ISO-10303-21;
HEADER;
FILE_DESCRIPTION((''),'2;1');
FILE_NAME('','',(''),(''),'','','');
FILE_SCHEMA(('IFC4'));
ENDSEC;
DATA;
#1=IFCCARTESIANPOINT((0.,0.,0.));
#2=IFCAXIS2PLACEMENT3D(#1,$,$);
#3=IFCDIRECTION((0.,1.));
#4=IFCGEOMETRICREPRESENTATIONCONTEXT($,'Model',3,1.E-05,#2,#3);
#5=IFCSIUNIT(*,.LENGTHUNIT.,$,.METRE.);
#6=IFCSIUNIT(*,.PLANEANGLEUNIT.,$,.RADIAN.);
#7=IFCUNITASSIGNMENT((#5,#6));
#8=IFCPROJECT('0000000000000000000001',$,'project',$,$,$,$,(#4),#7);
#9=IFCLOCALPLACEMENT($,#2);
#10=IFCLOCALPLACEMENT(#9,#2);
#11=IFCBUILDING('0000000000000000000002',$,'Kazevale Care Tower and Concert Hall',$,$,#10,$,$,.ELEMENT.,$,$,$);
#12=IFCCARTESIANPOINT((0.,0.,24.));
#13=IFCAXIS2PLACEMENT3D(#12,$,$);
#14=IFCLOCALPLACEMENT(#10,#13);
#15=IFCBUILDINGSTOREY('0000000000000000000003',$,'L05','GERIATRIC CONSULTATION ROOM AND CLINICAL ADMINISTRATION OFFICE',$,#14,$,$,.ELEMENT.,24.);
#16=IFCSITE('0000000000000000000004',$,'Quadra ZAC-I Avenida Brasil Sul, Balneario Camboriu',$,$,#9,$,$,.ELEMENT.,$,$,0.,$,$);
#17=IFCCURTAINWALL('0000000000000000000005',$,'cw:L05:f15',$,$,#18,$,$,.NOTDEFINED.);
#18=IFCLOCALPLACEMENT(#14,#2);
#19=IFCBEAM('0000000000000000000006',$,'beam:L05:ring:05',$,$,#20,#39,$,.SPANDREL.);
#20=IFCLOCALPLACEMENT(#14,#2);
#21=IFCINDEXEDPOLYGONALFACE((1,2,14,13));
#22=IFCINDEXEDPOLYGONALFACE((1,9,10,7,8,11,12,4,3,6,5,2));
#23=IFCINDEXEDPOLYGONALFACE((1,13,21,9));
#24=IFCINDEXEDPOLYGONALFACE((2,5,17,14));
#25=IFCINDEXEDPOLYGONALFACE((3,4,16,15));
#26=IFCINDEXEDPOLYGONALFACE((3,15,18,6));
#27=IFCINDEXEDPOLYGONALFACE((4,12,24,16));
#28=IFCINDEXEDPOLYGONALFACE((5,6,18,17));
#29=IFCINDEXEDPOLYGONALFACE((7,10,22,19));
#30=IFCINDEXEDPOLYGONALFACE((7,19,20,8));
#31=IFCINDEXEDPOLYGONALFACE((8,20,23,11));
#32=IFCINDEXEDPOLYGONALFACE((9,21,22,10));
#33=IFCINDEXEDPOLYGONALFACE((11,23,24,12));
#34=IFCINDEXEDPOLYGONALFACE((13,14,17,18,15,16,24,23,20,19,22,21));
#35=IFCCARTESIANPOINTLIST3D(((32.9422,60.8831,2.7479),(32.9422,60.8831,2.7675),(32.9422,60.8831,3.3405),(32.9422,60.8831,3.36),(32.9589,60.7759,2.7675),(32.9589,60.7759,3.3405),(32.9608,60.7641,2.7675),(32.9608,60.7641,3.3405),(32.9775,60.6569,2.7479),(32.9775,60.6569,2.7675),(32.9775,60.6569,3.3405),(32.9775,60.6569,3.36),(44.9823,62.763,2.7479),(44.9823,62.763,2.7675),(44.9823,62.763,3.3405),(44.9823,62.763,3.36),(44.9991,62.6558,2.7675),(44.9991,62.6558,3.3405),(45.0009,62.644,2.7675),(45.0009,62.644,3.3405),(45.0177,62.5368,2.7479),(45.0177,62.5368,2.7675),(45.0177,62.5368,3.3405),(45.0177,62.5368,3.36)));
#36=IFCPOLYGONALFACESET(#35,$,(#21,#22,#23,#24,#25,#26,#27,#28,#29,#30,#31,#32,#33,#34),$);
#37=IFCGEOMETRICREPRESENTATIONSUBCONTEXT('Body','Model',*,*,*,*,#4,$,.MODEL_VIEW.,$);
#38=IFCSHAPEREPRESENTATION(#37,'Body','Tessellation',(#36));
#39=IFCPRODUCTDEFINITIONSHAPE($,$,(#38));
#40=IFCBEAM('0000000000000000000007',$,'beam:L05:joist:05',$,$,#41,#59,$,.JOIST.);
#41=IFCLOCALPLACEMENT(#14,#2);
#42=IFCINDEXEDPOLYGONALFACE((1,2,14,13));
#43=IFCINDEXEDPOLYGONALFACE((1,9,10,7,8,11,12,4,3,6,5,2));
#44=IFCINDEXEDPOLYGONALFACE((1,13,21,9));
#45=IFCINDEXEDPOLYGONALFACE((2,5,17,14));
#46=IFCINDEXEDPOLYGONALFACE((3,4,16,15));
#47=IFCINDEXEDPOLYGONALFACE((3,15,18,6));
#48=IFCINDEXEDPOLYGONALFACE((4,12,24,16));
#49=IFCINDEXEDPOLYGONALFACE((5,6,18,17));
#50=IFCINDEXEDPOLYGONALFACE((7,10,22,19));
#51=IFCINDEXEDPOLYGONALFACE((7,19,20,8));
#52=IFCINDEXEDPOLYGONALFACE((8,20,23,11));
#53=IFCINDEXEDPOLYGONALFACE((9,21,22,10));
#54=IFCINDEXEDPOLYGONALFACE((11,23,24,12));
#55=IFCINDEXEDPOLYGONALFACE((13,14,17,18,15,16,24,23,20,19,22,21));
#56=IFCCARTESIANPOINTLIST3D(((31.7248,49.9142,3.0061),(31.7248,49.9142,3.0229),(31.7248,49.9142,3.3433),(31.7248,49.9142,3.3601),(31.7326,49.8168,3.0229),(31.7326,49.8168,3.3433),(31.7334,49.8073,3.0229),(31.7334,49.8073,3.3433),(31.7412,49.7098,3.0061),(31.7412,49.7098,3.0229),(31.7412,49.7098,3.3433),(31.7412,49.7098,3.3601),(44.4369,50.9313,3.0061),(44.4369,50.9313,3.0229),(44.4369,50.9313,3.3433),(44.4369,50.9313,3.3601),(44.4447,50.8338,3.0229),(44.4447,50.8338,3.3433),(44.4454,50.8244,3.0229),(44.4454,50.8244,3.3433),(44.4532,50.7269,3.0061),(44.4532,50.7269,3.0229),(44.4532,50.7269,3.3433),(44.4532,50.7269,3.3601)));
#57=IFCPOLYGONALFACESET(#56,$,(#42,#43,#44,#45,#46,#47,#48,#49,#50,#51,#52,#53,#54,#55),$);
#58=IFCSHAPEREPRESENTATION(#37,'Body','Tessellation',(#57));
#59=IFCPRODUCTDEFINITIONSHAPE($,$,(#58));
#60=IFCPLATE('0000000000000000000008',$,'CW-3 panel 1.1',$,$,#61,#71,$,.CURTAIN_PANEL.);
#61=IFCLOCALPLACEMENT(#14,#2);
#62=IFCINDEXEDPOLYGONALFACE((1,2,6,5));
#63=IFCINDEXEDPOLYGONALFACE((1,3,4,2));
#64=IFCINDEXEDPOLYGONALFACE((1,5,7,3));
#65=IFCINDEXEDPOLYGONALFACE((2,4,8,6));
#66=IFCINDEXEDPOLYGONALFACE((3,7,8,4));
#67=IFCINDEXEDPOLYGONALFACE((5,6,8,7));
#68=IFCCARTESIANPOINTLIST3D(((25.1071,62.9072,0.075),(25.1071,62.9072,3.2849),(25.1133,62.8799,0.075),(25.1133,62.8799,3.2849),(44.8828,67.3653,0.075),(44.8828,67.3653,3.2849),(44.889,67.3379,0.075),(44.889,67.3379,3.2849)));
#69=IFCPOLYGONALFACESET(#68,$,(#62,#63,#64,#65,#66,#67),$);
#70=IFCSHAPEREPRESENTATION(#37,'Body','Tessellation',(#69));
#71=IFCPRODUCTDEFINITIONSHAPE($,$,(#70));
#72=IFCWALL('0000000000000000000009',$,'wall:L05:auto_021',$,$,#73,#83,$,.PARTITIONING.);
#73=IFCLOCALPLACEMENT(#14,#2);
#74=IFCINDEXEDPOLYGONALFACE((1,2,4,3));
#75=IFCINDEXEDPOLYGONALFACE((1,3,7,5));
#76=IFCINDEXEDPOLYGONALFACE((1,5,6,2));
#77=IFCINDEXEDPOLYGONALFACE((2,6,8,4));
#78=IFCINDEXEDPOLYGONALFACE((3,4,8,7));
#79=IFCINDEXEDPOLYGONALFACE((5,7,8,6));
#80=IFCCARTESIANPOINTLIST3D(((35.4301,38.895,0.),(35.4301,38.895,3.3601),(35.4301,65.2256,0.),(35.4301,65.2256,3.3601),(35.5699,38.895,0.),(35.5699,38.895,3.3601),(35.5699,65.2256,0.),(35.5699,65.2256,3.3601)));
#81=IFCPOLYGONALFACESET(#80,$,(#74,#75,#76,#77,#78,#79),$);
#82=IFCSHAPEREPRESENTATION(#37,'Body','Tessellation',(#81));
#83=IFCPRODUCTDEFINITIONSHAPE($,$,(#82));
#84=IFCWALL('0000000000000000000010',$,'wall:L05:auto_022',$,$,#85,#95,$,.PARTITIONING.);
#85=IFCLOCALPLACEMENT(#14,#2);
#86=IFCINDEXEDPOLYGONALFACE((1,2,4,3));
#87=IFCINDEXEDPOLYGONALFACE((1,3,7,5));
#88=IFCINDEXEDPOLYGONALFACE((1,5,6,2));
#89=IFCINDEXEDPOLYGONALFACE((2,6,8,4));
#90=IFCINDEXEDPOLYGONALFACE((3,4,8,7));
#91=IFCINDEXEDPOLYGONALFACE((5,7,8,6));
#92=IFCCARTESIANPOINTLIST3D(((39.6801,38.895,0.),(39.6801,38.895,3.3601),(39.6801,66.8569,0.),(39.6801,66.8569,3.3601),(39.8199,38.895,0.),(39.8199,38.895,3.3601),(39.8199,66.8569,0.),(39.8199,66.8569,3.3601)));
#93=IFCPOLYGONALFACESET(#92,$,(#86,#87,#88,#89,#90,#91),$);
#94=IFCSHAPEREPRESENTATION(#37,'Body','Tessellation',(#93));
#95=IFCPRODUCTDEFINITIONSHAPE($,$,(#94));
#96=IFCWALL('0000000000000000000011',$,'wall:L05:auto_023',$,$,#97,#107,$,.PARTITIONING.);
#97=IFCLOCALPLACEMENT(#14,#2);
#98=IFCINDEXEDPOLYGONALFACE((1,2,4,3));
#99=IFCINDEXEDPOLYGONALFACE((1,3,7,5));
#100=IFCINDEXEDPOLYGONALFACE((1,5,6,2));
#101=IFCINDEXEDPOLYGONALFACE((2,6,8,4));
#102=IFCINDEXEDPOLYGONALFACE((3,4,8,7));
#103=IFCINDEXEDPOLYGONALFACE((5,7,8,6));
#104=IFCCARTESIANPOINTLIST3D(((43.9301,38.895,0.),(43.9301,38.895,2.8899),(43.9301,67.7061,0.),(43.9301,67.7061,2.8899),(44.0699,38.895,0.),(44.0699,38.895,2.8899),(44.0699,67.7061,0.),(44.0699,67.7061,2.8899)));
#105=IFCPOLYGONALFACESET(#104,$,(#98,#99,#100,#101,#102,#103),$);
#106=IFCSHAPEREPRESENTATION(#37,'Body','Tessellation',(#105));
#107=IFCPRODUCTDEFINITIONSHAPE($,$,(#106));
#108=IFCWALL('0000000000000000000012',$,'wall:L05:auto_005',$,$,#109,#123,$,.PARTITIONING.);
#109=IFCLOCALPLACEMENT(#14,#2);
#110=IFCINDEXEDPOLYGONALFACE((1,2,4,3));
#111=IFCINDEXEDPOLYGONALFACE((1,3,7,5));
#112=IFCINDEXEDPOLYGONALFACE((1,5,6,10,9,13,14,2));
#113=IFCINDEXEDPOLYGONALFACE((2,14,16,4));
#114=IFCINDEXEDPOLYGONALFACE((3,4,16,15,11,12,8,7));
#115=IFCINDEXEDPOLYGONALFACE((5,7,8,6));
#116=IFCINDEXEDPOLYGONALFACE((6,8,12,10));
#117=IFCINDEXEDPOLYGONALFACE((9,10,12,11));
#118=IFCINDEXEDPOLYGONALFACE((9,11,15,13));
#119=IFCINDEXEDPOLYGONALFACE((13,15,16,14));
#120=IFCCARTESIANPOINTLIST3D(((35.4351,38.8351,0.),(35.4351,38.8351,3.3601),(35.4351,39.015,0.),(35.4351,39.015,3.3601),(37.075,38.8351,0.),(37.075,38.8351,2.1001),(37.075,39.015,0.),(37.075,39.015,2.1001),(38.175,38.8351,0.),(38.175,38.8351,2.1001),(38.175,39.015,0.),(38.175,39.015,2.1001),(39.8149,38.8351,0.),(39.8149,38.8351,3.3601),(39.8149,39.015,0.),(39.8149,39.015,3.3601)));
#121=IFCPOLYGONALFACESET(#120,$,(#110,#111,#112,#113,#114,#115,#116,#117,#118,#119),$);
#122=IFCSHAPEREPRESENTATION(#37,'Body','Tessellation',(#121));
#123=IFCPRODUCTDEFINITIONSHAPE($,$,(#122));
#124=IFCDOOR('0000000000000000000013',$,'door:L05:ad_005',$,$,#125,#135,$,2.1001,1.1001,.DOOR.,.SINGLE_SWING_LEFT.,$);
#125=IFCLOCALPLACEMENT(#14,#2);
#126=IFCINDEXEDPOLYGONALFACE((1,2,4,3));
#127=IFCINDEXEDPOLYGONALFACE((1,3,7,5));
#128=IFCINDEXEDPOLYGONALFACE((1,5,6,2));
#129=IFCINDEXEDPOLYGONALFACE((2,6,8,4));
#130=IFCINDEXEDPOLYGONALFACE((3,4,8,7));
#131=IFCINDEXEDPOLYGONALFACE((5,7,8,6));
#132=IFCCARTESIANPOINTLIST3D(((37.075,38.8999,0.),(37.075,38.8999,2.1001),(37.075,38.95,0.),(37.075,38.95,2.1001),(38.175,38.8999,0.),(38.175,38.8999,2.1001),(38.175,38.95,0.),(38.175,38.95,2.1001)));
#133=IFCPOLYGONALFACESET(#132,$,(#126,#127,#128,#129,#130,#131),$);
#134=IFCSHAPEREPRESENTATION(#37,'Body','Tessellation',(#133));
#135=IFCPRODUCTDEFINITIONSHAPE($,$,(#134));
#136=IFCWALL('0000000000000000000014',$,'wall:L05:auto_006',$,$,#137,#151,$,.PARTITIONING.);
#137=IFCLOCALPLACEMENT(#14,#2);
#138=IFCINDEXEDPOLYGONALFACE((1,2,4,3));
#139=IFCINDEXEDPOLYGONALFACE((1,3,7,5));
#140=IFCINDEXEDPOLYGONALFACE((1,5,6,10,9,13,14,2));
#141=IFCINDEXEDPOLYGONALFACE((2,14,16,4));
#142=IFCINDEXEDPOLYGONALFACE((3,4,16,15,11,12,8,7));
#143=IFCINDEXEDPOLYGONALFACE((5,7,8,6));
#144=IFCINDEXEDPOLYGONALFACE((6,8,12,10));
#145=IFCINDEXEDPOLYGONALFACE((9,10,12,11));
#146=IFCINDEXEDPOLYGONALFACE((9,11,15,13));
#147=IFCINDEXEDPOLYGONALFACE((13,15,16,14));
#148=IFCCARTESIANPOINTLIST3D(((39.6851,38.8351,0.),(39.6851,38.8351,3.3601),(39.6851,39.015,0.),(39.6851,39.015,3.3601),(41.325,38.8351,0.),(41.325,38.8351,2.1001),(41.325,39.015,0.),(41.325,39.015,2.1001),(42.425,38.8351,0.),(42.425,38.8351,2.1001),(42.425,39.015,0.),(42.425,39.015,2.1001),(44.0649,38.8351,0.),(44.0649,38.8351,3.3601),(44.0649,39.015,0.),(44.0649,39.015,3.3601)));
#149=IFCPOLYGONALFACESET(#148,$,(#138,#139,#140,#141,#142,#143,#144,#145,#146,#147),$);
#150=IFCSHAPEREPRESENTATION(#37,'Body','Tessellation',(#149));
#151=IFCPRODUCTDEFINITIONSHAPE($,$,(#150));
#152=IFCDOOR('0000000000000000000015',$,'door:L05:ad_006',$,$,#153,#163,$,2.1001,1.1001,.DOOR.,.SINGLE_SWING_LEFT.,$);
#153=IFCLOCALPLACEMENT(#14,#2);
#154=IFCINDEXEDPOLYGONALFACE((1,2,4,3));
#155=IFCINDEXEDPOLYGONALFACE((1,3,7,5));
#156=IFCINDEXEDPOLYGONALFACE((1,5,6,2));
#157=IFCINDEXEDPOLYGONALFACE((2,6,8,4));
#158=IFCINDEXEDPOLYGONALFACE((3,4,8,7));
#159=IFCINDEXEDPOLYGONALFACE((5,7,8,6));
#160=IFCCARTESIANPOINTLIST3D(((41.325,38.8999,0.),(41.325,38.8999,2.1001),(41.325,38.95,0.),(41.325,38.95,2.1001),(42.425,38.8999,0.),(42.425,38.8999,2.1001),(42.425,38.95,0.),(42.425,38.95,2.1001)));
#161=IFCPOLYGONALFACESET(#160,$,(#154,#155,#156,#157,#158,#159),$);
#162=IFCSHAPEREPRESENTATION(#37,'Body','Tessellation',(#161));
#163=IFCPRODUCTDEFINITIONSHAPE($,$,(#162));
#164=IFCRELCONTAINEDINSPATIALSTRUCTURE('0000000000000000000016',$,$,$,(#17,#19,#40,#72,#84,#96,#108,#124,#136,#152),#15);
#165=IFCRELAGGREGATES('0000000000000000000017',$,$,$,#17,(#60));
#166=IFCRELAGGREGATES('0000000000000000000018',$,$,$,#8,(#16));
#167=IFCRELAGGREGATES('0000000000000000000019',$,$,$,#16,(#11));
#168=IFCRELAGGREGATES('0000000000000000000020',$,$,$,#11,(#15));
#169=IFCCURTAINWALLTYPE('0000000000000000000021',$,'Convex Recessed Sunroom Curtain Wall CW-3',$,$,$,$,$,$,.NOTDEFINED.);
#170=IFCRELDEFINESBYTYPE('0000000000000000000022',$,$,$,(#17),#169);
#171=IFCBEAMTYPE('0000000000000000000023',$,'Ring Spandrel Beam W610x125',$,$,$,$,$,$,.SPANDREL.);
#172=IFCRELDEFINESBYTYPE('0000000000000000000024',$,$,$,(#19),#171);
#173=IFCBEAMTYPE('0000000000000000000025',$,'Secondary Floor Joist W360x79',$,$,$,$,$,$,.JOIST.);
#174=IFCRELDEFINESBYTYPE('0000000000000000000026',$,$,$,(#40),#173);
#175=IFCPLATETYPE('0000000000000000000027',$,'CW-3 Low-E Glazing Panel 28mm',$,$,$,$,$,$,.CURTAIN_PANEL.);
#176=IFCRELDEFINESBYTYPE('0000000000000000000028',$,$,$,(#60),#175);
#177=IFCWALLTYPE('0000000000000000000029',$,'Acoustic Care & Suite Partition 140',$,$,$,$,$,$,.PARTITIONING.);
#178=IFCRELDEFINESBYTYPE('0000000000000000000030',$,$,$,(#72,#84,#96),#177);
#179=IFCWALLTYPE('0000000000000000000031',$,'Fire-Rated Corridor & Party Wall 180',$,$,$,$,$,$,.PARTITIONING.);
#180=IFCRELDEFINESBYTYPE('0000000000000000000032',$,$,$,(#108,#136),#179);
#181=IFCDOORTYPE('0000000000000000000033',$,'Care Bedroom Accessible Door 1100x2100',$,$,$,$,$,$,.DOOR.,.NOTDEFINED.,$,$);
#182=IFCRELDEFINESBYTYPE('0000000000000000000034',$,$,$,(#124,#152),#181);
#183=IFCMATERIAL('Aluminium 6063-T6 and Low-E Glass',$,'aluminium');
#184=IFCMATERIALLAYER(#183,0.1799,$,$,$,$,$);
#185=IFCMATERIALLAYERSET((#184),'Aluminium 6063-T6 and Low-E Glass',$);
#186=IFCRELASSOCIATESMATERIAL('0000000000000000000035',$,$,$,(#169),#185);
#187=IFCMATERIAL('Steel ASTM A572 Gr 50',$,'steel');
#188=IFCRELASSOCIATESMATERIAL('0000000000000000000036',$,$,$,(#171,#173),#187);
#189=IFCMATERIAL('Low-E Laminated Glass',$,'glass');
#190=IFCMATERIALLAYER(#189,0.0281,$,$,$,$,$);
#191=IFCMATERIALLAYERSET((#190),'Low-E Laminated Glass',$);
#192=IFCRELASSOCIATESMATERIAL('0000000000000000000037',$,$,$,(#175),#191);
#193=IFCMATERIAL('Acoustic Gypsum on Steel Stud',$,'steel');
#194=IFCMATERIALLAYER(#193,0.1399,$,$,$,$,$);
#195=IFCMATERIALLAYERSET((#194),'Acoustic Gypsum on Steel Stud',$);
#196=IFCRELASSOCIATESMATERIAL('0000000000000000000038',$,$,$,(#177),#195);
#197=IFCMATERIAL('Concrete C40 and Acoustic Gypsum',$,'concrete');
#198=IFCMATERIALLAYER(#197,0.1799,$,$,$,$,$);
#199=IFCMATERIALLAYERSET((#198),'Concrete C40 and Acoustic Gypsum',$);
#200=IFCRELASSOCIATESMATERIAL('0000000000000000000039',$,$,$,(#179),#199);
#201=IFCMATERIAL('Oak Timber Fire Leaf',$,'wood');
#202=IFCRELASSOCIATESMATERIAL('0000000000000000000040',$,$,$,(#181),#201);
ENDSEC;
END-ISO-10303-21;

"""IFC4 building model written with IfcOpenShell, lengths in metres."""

from ifc_helpers import new_model, si_unit, direction, frame, frame_2d, origin, origin_2d, place, context, subcontext, project, spatial, rectangle, i_section, extrude, material, layer, layer_set, material_profile, profile_set, type_object, element, fill, aggregate, save


model = new_model("IFC4")

# Units and contexts
model_context = context("Model", 3, precision=1e-05, world=origin(), true_north=direction((0.0, 1.0)))
body_context = subcontext(model_context, "Body", "Model", "MODEL_VIEW")
ifc_project = project(units=[si_unit("LENGTHUNIT", "METRE"), si_unit("PLANEANGLEUNIT", "RADIAN")], contexts=[model_context])

# Site, building, storey
site_placement = place(None, origin())
site = spatial("IfcSite", under=ifc_project, at=site_placement, Name="Quadra ZAC-I Avenida Brasil Sul, Balneario Camboriu", CompositionType="ELEMENT", RefElevation=0.0)
building_placement = place(site_placement, origin())
building = spatial("IfcBuilding", under=site, at=building_placement, Name="Kazevale Care Tower and Concert Hall", CompositionType="ELEMENT")
storey_placement = place(building_placement, frame((0.0, 0.0, 24.0)))
storey = spatial("IfcBuildingStorey", under=building, at=storey_placement, Name="L05", Description="GERIATRIC CONSULTATION ROOM AND CLINICAL ADMINISTRATION OFFICE", CompositionType="ELEMENT", Elevation=24.0)

# Shared definitions
ifc_material_1 = material(Name="Aluminium 6063-T6 and Low-E Glass", Category="aluminium")

# Curtain wall
ifc_layer_1 = layer(ifc_material_1, 0.1799)
ifc_layer_set_1 = layer_set([ifc_layer_1], Name="Aluminium 6063-T6 and Low-E Glass")
curtain_wall_type_1 = type_object("IfcCurtainWallType", Name="Convex Recessed Sunroom Curtain Wall CW-3", PredefinedType="NOTDEFINED", material=ifc_layer_set_1)
curtain_wall_1_placement = place(storey_placement, origin())
curtain_wall_1 = element("IfcCurtainWall", 1, at=curtain_wall_1_placement, inside=storey, type_object=curtain_wall_type_1, Name="cw:L05:f15", PredefinedType="NOTDEFINED")

# Beams
ifc_material_2 = material(Name="Steel ASTM A572 Gr 50", Category="steel")
ifc_material_profile_1 = material_profile(ifc_material_2, i_section(OverallWidth=0.229, OverallDepth=0.6121, WebThickness=0.012, FlangeThickness=0.0195, at=origin_2d()), Name="W610x125")
ifc_profile_set_1 = profile_set([ifc_material_profile_1], Name="Steel ASTM A572 Gr 50")
beam_type_1 = type_object("IfcBeamType", Name="Ring Spandrel Beam W610x125", PredefinedType="SPANDREL", material=ifc_profile_set_1)
beam_1_placement = place(storey_placement, frame((45.0, 62.6499, 3.054), z_axis=(-0.988029, -0.154267, 0.0), x_axis=(0.154267, -0.988029, 0.0)))
element("IfcBeam", 2, at=beam_1_placement, inside=storey, type_object=beam_type_1, Name="beam:L05:ring:05", PredefinedType="SPANDREL", context=body_context, shape_type="SweptSolid", body=[
    extrude(i_section(OverallWidth=0.229, OverallDepth=0.6121, WebThickness=0.012, FlangeThickness=0.0195, at=origin_2d()), origin(), (0.0, 0.0, 1.0), 12.186),
])
ifc_material_profile_2 = material_profile(ifc_material_2, i_section(OverallWidth=0.2051, OverallDepth=0.354, WebThickness=0.0095, FlangeThickness=0.0168, at=origin_2d()), Name="W360x79")
ifc_profile_set_2 = profile_set([ifc_material_profile_2], Name="Steel ASTM A572 Gr 50")
beam_type_2 = type_object("IfcBeamType", Name="Secondary Floor Joist W360x79", PredefinedType="JOIST", material=ifc_profile_set_2)
beam_2_placement = place(storey_placement, frame((44.4451, 50.8291, 3.1831), z_axis=(-0.996815, -0.079754, 0.0), x_axis=(0.079754, -0.996815, 0.0)))
element("IfcBeam", 3, at=beam_2_placement, inside=storey, type_object=beam_type_2, Name="beam:L05:joist:05", PredefinedType="JOIST", context=body_context, shape_type="SweptSolid", body=[
    extrude(i_section(OverallWidth=0.2051, OverallDepth=0.354, WebThickness=0.0095, FlangeThickness=0.0168, at=origin_2d()), origin(), (0.0, 0.0, 1.0), 12.7527),
])

# Plate
ifc_material_3 = material(Name="Low-E Laminated Glass", Category="glass")
ifc_layer_2 = layer(ifc_material_3, 0.0281)
ifc_layer_set_2 = layer_set([ifc_layer_2], Name="Low-E Laminated Glass")
plate_type = type_object("IfcPlateType", Name="CW-3 Low-E Glazing Panel 28mm", PredefinedType="CURTAIN_PANEL", material=ifc_layer_set_2)
plate_placement = place(storey_placement, frame((34.998, 65.1226, 0.075), z_axis=(0.0, 0.0, 1.0), x_axis=(0.97552, 0.219911, 0.0)))
plate = element("IfcPlate", 4, at=plate_placement, type_object=plate_type, Name="CW-3 panel 1.1", PredefinedType="CURTAIN_PANEL", context=body_context, shape_type="SweptSolid", body=[
    extrude(rectangle(XDim=20.272, YDim=0.0281, at=origin_2d()), origin(), (0.0, 0.0, 1.0), 3.21),
])
aggregate(curtain_wall_1, [plate])

# Walls
ifc_material_4 = material(Name="Acoustic Gypsum on Steel Stud", Category="steel")
ifc_layer_3 = layer(ifc_material_4, 0.1399)
ifc_layer_set_3 = layer_set([ifc_layer_3], Name="Acoustic Gypsum on Steel Stud")
wall_type_1 = type_object("IfcWallType", Name="Acoustic Care & Suite Partition 140", PredefinedType="PARTITIONING", material=ifc_layer_set_3)
wall_1_placement = place(storey_placement, frame((35.5, 65.2256, 0.0), z_axis=(0.0, 0.0, 1.0), x_axis=(0.0, -1.0, 0.0)))
element("IfcWall", 5, at=wall_1_placement, inside=storey, type_object=wall_type_1, Name="wall:L05:auto_021", PredefinedType="PARTITIONING", context=body_context, shape_type="SweptSolid", body=[
    extrude(rectangle(XDim=26.3306, YDim=0.1399, at=frame_2d((13.1653, 0.0))), origin(), (0.0, 0.0, 1.0), 3.3601),
])
wall_2_placement = place(storey_placement, frame((39.75, 66.8569, 0.0), z_axis=(0.0, 0.0, 1.0), x_axis=(0.0, -1.0, 0.0)))
element("IfcWall", 6, at=wall_2_placement, inside=storey, type_object=wall_type_1, Name="wall:L05:auto_022", PredefinedType="PARTITIONING", context=body_context, shape_type="SweptSolid", body=[
    extrude(rectangle(XDim=27.9619, YDim=0.1399, at=frame_2d((13.981, 0.0))), origin(), (0.0, 0.0, 1.0), 3.3601),
])
wall_3_placement = place(storey_placement, frame((44.0, 67.7061, 0.0), z_axis=(0.0, 0.0, 1.0), x_axis=(0.0, -1.0, 0.0)))
element("IfcWall", 7, at=wall_3_placement, inside=storey, type_object=wall_type_1, Name="wall:L05:auto_023", PredefinedType="PARTITIONING", context=body_context, shape_type="SweptSolid", body=[
    extrude(rectangle(XDim=28.811, YDim=0.1399, at=frame_2d((14.4055, 0.0))), origin(), (0.0, 0.0, 1.0), 2.8899),
])

# Walls, openings, doors
ifc_material_5 = material(Name="Concrete C40 and Acoustic Gypsum", Category="concrete")
ifc_layer_4 = layer(ifc_material_5, 0.1799)
ifc_layer_set_4 = layer_set([ifc_layer_4], Name="Concrete C40 and Acoustic Gypsum")
wall_type_2 = type_object("IfcWallType", Name="Fire-Rated Corridor & Party Wall 180", PredefinedType="PARTITIONING", material=ifc_layer_set_4)
wall_4_placement = place(storey_placement, frame((35.4351, 38.925, 0.0), z_axis=(0.0, 0.0, 1.0), x_axis=(1.0, 0.0, 0.0)))
wall_4 = element("IfcWall", 8, at=wall_4_placement, inside=storey, type_object=wall_type_2, Name="wall:L05:auto_005", PredefinedType="PARTITIONING", context=body_context, shape_type="SweptSolid", body=[
    extrude(rectangle(XDim=4.3799, YDim=0.1799, at=frame_2d((2.1899, 0.0))), origin(), (0.0, 0.0, 1.0), 3.3601),
])
opening_1_placement = place(wall_4_placement, frame((1.6399, 0.0, 0.0)))
opening_1 = element("IfcOpeningElement", 9, at=opening_1_placement, cuts=wall_4, PredefinedType="OPENING", context=body_context, shape_type="SweptSolid", body=[
    extrude(rectangle(XDim=1.1001, YDim=2.1001, at=frame_2d((0.55, 1.05))), frame((0.0, 0.0999, 0.0), z_axis=(0.0, -1.0, 0.0), x_axis=(1.0, 0.0, 0.0)), (0.0, 0.0, 1.0), 0.2),
])
ifc_material_6 = material(Name="Oak Timber Fire Leaf", Category="wood")
door_type = type_object("IfcDoorType", Name="Care Bedroom Accessible Door 1100x2100", OperationType="NOTDEFINED", PredefinedType="DOOR", material=ifc_material_6)
door_1_placement = place(opening_1_placement, origin())
door_1 = element("IfcDoor", 10, at=door_1_placement, inside=storey, type_object=door_type, Name="door:L05:ad_005", OperationType="SINGLE_SWING_LEFT", OverallHeight=2.1001, OverallWidth=1.1001, PredefinedType="DOOR", context=body_context, shape_type="SweptSolid", body=[
    extrude(rectangle(XDim=1.1001, YDim=2.1001, at=frame_2d((0.55, 1.05))), frame((0.0, 0.0249, 0.0), z_axis=(0.0, -1.0, 0.0), x_axis=(1.0, 0.0, 0.0)), (0.0, 0.0, 1.0), 0.05),
])
fill(opening_1, door_1)
wall_5_placement = place(storey_placement, frame((39.6851, 38.925, 0.0), z_axis=(0.0, 0.0, 1.0), x_axis=(1.0, 0.0, 0.0)))
wall_5 = element("IfcWall", 11, at=wall_5_placement, inside=storey, type_object=wall_type_2, Name="wall:L05:auto_006", PredefinedType="PARTITIONING", context=body_context, shape_type="SweptSolid", body=[
    extrude(rectangle(XDim=4.3799, YDim=0.1799, at=frame_2d((2.1899, 0.0))), origin(), (0.0, 0.0, 1.0), 3.3601),
])
opening_2_placement = place(wall_5_placement, frame((1.6399, 0.0, 0.0)))
opening_2 = element("IfcOpeningElement", 12, at=opening_2_placement, cuts=wall_5, PredefinedType="OPENING", context=body_context, shape_type="SweptSolid", body=[
    extrude(rectangle(XDim=1.1001, YDim=2.1001, at=frame_2d((0.55, 1.05))), frame((0.0, 0.0999, 0.0), z_axis=(0.0, -1.0, 0.0), x_axis=(1.0, 0.0, 0.0)), (0.0, 0.0, 1.0), 0.2),
])
door_2_placement = place(opening_2_placement, origin())
door_2 = element("IfcDoor", 13, at=door_2_placement, inside=storey, type_object=door_type, Name="door:L05:ad_006", OperationType="SINGLE_SWING_LEFT", OverallHeight=2.1001, OverallWidth=1.1001, PredefinedType="DOOR", context=body_context, shape_type="SweptSolid", body=[
    extrude(rectangle(XDim=1.1001, YDim=2.1001, at=frame_2d((0.55, 1.05))), frame((0.0, 0.0249, 0.0), z_axis=(0.0, -1.0, 0.0), x_axis=(1.0, 0.0, 0.0)), (0.0, 0.0, 1.0), 0.05),
])
fill(opening_2, door_2)

save(model, "model.ifc")
